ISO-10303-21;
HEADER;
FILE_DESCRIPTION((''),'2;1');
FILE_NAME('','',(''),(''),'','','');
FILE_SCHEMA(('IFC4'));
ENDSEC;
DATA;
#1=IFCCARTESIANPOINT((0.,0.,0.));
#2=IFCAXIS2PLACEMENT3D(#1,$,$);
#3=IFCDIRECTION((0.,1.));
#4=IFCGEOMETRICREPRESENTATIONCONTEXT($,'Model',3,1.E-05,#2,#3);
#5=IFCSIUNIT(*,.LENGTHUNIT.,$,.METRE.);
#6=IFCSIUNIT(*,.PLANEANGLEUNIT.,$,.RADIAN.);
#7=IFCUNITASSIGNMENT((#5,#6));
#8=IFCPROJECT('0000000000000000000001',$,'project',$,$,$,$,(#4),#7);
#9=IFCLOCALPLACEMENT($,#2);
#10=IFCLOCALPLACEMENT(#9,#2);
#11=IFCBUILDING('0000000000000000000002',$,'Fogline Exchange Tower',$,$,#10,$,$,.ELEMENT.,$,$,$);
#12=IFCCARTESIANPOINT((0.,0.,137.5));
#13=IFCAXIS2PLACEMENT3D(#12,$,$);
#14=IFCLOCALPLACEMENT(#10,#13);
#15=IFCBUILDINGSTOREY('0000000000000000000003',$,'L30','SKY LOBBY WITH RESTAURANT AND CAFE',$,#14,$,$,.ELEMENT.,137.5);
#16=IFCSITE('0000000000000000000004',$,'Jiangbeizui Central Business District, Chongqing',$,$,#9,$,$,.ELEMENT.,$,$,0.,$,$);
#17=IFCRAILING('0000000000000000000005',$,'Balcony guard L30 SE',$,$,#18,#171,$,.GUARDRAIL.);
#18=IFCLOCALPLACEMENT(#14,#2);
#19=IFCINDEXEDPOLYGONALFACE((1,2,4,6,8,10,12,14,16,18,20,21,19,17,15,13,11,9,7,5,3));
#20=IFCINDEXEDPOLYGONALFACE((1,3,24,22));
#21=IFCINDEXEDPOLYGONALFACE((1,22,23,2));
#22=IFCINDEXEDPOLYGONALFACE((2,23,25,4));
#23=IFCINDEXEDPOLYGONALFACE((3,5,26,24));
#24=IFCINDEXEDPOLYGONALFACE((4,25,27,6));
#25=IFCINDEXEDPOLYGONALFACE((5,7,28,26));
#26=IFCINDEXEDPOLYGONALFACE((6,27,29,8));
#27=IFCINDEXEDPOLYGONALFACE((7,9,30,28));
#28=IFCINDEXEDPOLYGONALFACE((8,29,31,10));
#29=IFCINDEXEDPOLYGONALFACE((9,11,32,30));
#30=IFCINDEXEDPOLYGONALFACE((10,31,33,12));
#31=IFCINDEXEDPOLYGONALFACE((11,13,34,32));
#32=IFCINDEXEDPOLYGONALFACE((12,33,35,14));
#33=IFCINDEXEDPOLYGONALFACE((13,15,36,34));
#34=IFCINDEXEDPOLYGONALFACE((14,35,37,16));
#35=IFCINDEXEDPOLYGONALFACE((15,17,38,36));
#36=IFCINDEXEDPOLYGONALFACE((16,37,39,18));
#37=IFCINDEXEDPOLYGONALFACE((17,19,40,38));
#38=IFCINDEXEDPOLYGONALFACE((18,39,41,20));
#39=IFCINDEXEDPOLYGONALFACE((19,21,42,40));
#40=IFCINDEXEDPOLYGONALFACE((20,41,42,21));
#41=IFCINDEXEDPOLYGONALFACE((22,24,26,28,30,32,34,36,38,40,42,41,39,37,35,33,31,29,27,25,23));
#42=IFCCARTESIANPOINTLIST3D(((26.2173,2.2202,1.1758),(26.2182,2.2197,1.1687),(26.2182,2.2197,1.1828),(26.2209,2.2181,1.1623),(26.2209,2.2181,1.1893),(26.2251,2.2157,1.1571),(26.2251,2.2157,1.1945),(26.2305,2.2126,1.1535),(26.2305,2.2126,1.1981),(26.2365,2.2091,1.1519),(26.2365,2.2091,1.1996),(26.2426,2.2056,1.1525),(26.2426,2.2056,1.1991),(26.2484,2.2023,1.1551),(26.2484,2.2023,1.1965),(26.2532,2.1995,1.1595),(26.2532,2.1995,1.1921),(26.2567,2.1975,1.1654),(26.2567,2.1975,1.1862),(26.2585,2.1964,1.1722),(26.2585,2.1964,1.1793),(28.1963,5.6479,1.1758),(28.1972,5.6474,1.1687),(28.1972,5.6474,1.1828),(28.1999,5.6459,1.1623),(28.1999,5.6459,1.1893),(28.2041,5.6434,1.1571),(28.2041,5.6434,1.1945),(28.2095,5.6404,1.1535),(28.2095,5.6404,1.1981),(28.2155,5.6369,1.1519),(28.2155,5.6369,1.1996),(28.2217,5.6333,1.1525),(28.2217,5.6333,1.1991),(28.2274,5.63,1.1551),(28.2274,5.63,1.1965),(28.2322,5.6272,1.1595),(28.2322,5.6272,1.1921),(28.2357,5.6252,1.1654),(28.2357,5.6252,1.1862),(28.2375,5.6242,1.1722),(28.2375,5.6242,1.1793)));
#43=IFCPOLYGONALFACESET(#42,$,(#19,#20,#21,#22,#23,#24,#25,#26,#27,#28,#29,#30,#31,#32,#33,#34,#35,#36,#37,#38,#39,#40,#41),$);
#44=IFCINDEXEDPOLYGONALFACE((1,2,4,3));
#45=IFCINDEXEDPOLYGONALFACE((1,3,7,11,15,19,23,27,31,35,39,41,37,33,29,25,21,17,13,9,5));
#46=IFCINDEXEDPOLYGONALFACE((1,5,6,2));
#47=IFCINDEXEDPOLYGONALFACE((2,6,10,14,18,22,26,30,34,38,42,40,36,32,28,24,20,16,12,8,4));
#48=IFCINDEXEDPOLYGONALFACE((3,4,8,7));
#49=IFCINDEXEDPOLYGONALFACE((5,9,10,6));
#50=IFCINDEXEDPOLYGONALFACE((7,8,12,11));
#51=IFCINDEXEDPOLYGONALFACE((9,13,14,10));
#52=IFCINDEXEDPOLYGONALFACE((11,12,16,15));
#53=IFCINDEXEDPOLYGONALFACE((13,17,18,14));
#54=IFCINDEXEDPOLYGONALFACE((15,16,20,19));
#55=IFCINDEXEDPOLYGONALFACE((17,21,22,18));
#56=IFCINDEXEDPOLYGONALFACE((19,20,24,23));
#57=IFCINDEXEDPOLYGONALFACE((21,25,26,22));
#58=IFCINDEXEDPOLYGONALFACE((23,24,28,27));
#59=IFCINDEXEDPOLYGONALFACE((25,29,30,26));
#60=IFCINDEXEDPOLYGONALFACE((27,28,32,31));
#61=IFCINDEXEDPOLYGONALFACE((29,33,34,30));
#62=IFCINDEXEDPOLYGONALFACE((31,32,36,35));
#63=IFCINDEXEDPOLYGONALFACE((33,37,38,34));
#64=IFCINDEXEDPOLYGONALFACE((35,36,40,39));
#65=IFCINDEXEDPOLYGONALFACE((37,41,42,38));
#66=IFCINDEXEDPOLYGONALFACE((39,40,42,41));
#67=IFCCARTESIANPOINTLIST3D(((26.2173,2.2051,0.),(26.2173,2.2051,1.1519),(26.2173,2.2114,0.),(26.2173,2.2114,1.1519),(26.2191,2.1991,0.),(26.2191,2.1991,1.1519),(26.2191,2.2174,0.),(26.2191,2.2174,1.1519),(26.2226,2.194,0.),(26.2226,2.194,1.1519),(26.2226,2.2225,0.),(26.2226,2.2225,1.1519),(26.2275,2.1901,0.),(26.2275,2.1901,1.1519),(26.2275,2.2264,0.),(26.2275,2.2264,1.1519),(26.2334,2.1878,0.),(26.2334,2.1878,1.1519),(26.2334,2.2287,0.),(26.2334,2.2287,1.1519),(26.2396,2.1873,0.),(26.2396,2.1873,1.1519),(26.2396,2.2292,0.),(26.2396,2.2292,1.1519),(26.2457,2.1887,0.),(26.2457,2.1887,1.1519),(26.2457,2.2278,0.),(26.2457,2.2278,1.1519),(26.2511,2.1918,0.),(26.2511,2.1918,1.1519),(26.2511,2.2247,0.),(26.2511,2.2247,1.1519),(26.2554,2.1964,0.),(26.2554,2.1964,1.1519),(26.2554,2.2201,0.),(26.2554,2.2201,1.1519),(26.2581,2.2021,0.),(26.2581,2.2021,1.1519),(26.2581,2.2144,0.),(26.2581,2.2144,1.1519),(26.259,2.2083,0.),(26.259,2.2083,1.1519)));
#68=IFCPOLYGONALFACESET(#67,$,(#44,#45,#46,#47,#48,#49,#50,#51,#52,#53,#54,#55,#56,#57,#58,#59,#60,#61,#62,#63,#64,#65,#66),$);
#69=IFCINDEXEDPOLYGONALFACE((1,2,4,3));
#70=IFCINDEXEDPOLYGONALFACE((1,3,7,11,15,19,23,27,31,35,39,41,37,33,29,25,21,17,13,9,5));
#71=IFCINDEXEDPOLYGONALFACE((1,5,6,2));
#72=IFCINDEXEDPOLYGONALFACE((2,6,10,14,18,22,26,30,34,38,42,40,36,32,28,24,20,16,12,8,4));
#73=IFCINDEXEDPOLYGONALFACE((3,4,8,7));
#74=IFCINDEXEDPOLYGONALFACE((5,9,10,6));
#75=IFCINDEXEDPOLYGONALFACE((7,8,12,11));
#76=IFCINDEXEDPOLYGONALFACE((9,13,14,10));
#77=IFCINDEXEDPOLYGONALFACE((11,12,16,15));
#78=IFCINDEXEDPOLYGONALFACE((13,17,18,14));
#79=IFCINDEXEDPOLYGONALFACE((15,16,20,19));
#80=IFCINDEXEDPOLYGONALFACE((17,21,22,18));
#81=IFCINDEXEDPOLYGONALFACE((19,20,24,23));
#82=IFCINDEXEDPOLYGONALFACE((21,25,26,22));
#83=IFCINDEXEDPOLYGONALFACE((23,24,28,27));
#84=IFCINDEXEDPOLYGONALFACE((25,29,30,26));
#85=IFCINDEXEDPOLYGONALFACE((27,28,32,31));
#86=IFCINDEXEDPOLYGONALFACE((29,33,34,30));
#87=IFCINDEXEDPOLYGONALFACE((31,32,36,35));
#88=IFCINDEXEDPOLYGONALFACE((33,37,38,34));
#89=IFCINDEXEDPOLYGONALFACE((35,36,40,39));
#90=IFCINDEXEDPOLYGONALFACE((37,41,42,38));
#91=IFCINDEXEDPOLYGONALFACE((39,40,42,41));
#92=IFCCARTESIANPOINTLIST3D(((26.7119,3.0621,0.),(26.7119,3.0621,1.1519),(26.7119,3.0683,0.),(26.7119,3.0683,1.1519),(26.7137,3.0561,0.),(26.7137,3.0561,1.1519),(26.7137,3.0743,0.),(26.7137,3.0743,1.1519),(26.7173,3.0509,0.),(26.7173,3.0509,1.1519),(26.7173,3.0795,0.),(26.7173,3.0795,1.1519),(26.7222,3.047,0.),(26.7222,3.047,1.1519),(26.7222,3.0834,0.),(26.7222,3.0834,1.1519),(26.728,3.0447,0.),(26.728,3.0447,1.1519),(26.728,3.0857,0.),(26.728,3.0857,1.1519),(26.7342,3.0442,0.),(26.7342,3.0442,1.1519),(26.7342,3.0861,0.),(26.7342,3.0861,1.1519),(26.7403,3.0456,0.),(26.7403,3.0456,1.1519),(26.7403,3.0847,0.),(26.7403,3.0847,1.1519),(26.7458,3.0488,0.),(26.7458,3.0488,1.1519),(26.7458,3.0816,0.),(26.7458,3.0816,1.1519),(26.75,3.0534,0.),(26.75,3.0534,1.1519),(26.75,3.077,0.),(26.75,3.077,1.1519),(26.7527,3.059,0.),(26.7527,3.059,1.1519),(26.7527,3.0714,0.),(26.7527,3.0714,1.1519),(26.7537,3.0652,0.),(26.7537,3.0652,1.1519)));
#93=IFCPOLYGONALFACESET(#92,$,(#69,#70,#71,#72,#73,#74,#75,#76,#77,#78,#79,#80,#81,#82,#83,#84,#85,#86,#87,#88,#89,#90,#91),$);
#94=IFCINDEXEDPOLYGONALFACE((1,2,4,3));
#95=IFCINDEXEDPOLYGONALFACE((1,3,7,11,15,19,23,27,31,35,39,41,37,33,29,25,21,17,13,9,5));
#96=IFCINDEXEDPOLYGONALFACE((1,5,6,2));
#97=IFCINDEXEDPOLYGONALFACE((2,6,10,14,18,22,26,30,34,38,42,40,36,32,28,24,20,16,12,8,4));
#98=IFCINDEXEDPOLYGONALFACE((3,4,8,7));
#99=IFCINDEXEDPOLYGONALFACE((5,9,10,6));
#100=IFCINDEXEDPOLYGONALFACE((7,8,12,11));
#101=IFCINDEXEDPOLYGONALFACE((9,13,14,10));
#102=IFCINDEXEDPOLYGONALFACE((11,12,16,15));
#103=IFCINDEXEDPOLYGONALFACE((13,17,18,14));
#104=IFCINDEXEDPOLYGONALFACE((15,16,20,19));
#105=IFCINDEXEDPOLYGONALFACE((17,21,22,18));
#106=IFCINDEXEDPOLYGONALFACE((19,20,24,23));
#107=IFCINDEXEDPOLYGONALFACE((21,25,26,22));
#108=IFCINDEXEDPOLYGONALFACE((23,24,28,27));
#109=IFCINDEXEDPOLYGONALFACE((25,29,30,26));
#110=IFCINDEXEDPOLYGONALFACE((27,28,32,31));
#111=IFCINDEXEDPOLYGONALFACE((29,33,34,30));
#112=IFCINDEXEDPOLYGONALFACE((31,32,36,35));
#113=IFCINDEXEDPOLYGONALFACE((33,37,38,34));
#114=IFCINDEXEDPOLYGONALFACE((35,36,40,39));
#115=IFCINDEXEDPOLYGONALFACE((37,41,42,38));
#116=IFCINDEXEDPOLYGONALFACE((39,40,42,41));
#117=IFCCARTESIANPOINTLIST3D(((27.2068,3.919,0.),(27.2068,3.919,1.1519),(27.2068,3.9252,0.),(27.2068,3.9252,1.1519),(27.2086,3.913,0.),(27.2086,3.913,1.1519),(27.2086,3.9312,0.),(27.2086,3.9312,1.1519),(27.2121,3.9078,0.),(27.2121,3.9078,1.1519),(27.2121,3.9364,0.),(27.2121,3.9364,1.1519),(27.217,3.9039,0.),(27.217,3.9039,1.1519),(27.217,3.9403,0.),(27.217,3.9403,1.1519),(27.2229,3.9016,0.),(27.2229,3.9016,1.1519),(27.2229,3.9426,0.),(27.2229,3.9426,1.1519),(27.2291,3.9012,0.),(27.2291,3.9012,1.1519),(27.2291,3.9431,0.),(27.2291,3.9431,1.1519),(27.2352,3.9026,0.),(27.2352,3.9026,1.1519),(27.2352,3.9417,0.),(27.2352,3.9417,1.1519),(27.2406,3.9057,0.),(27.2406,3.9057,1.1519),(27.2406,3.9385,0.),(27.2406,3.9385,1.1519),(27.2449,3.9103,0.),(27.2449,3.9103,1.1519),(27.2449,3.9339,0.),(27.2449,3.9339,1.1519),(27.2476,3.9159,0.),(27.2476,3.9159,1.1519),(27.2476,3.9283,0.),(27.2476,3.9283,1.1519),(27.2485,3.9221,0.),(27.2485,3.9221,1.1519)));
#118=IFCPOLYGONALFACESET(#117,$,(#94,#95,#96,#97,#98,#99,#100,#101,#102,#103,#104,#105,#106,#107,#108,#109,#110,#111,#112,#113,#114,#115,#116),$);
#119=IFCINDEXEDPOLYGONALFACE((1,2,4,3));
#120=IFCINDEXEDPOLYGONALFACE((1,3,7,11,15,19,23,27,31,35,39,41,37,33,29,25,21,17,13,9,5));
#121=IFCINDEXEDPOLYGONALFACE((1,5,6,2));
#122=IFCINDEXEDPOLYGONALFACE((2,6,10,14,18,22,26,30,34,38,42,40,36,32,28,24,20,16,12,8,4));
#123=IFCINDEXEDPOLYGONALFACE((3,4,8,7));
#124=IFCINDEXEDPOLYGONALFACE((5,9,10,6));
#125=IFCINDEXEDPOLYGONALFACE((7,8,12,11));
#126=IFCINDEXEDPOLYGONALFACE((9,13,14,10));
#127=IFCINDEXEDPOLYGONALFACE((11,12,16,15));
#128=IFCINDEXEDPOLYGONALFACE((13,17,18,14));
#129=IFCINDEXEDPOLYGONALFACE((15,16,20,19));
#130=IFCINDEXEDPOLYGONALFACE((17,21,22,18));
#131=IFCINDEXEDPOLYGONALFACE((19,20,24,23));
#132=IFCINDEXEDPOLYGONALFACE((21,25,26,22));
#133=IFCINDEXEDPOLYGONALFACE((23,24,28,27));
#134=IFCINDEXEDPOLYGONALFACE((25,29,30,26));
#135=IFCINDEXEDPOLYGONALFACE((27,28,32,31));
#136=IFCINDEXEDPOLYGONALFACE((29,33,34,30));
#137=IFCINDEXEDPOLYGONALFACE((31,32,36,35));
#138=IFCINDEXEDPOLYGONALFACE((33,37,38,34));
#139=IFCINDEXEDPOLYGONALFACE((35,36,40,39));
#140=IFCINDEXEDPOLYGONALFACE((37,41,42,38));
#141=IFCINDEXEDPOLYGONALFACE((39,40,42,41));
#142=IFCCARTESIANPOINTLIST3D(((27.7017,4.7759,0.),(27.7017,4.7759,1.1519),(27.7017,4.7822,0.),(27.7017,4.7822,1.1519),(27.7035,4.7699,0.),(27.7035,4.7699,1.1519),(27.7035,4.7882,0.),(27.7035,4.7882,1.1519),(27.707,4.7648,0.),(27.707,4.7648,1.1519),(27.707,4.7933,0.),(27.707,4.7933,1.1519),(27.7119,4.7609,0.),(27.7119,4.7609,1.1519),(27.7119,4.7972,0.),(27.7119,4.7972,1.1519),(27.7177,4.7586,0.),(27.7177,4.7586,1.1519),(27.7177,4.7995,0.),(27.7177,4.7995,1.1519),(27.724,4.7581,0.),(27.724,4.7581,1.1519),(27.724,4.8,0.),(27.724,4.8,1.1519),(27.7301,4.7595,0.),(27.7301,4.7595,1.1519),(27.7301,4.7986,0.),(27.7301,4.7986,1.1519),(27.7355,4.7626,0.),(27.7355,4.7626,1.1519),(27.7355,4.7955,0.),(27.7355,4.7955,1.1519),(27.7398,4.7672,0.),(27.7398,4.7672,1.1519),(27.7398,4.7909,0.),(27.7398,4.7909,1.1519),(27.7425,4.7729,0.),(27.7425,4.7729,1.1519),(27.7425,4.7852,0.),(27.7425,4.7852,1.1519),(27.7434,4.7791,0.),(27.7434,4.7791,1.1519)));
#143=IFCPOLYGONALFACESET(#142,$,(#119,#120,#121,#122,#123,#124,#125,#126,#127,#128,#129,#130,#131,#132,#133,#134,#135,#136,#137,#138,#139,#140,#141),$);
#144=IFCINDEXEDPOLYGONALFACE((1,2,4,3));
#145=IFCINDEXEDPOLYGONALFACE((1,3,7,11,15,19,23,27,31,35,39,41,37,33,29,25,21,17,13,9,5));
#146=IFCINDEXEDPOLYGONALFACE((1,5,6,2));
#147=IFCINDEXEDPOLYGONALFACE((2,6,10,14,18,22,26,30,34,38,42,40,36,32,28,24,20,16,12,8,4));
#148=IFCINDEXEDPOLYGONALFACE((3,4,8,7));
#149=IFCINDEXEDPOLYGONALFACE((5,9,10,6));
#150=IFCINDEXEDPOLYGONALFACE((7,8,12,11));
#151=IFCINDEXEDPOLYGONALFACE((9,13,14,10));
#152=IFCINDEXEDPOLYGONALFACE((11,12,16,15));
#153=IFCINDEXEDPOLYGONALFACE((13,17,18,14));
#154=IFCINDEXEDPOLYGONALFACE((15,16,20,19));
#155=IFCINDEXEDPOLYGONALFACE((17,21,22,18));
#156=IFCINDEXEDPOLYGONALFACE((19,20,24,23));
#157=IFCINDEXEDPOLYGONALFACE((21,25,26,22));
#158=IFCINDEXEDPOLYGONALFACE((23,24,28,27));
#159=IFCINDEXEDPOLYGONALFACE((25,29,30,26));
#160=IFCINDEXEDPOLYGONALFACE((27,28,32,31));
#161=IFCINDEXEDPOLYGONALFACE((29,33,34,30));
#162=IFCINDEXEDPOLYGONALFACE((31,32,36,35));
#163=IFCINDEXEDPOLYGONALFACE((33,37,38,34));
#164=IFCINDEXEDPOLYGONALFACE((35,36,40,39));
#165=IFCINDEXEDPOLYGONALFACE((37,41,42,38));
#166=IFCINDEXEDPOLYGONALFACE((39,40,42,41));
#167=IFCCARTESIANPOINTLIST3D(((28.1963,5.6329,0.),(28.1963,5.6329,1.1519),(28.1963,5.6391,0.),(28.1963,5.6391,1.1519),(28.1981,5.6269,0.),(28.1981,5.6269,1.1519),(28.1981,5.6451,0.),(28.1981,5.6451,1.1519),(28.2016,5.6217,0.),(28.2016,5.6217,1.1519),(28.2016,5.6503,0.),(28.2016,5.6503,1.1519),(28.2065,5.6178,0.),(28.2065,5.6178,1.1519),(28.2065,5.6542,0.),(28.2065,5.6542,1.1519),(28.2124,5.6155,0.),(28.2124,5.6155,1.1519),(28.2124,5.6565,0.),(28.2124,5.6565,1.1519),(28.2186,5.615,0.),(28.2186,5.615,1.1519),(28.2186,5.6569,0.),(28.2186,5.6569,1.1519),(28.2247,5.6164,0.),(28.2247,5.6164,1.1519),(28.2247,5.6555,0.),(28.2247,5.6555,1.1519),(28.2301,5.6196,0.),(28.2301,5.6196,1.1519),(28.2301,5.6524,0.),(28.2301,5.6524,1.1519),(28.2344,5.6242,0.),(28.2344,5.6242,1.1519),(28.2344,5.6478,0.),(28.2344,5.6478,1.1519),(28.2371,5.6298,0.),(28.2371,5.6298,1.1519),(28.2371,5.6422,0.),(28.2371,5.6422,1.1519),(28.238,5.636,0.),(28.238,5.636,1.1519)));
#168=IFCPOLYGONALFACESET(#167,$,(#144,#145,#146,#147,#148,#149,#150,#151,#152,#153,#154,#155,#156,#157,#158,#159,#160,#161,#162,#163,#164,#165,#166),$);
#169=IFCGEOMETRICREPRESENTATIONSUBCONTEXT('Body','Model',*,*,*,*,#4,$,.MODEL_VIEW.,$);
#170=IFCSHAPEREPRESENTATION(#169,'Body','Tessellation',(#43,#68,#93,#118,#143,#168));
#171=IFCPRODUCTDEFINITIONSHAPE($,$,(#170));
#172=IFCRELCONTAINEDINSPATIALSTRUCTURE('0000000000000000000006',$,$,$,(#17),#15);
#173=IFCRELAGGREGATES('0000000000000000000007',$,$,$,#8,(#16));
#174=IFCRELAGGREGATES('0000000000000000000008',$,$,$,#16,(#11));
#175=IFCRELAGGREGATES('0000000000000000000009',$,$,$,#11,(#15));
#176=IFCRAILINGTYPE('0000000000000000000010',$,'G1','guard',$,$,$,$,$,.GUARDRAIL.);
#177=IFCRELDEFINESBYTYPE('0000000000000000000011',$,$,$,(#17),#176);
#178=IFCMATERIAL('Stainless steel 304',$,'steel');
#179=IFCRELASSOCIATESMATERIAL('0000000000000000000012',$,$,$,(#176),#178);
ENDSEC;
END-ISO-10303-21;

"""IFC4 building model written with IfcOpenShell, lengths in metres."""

from ifc_helpers import new_model, si_unit, direction, frame, origin, origin_2d, place, context, subcontext, project, spatial, circle, extrude, material, type_object, element, save


model = new_model("IFC4")

# Units and contexts
model_context = context("Model", 3, precision=1e-05, world=origin(), true_north=direction((0.0, 1.0)))
body_context = subcontext(model_context, "Body", "Model", "MODEL_VIEW")
ifc_project = project(units=[si_unit("LENGTHUNIT", "METRE"), si_unit("PLANEANGLEUNIT", "RADIAN")], contexts=[model_context])

# Site, building, storey
site_placement = place(None, origin())
site = spatial("IfcSite", under=ifc_project, at=site_placement, Name="Jiangbeizui Central Business District, Chongqing", CompositionType="ELEMENT", RefElevation=0.0)
building_placement = place(site_placement, origin())
building = spatial("IfcBuilding", under=site, at=building_placement, Name="Fogline Exchange Tower", CompositionType="ELEMENT")
storey_placement = place(building_placement, frame((0.0, 0.0, 137.5)))
storey = spatial("IfcBuildingStorey", under=building, at=storey_placement, Name="L30", Description="SKY LOBBY WITH RESTAURANT AND CAFE", CompositionType="ELEMENT", Elevation=137.5)

# Railing
ifc_material_1 = material(Name="Stainless steel 304", Category="steel")
railing_type = type_object("IfcRailingType", Name="G1", Description="guard", PredefinedType="GUARDRAIL", material=ifc_material_1)
railing_placement = place(storey_placement, frame((26.238, 2.2083, 0.0)))
element("IfcRailing", 1, at=railing_placement, inside=storey, type_object=railing_type, Name="Balcony guard L30 SE", PredefinedType="GUARDRAIL", context=body_context, shape_type="SweptSolid", body=[
    extrude(circle(Radius=0.0239, at=origin_2d()), frame((0.0, 0.0, 1.1758), z_axis=(0.5, 0.866025, 0.0), x_axis=(-0.866025, 0.5, 0.0)), (0.0, 0.0, 1.0), 3.958),
    extrude(circle(Radius=0.021, at=origin_2d()), origin(), (0.0, 0.0, 1.0), 1.1519),
    extrude(circle(Radius=0.021, at=origin_2d()), frame((0.4946, 0.8569, 0.0)), (0.0, 0.0, 1.0), 1.1519),
    extrude(circle(Radius=0.021, at=origin_2d()), frame((0.9895, 1.7139, 0.0)), (0.0, 0.0, 1.0), 1.1519),
    extrude(circle(Radius=0.021, at=origin_2d()), frame((1.4844, 2.5708, 0.0)), (0.0, 0.0, 1.0), 1.1519),
    extrude(circle(Radius=0.021, at=origin_2d()), frame((1.979, 3.4277, 0.0)), (0.0, 0.0, 1.0), 1.1519),
])

save(model, "model.ifc")
